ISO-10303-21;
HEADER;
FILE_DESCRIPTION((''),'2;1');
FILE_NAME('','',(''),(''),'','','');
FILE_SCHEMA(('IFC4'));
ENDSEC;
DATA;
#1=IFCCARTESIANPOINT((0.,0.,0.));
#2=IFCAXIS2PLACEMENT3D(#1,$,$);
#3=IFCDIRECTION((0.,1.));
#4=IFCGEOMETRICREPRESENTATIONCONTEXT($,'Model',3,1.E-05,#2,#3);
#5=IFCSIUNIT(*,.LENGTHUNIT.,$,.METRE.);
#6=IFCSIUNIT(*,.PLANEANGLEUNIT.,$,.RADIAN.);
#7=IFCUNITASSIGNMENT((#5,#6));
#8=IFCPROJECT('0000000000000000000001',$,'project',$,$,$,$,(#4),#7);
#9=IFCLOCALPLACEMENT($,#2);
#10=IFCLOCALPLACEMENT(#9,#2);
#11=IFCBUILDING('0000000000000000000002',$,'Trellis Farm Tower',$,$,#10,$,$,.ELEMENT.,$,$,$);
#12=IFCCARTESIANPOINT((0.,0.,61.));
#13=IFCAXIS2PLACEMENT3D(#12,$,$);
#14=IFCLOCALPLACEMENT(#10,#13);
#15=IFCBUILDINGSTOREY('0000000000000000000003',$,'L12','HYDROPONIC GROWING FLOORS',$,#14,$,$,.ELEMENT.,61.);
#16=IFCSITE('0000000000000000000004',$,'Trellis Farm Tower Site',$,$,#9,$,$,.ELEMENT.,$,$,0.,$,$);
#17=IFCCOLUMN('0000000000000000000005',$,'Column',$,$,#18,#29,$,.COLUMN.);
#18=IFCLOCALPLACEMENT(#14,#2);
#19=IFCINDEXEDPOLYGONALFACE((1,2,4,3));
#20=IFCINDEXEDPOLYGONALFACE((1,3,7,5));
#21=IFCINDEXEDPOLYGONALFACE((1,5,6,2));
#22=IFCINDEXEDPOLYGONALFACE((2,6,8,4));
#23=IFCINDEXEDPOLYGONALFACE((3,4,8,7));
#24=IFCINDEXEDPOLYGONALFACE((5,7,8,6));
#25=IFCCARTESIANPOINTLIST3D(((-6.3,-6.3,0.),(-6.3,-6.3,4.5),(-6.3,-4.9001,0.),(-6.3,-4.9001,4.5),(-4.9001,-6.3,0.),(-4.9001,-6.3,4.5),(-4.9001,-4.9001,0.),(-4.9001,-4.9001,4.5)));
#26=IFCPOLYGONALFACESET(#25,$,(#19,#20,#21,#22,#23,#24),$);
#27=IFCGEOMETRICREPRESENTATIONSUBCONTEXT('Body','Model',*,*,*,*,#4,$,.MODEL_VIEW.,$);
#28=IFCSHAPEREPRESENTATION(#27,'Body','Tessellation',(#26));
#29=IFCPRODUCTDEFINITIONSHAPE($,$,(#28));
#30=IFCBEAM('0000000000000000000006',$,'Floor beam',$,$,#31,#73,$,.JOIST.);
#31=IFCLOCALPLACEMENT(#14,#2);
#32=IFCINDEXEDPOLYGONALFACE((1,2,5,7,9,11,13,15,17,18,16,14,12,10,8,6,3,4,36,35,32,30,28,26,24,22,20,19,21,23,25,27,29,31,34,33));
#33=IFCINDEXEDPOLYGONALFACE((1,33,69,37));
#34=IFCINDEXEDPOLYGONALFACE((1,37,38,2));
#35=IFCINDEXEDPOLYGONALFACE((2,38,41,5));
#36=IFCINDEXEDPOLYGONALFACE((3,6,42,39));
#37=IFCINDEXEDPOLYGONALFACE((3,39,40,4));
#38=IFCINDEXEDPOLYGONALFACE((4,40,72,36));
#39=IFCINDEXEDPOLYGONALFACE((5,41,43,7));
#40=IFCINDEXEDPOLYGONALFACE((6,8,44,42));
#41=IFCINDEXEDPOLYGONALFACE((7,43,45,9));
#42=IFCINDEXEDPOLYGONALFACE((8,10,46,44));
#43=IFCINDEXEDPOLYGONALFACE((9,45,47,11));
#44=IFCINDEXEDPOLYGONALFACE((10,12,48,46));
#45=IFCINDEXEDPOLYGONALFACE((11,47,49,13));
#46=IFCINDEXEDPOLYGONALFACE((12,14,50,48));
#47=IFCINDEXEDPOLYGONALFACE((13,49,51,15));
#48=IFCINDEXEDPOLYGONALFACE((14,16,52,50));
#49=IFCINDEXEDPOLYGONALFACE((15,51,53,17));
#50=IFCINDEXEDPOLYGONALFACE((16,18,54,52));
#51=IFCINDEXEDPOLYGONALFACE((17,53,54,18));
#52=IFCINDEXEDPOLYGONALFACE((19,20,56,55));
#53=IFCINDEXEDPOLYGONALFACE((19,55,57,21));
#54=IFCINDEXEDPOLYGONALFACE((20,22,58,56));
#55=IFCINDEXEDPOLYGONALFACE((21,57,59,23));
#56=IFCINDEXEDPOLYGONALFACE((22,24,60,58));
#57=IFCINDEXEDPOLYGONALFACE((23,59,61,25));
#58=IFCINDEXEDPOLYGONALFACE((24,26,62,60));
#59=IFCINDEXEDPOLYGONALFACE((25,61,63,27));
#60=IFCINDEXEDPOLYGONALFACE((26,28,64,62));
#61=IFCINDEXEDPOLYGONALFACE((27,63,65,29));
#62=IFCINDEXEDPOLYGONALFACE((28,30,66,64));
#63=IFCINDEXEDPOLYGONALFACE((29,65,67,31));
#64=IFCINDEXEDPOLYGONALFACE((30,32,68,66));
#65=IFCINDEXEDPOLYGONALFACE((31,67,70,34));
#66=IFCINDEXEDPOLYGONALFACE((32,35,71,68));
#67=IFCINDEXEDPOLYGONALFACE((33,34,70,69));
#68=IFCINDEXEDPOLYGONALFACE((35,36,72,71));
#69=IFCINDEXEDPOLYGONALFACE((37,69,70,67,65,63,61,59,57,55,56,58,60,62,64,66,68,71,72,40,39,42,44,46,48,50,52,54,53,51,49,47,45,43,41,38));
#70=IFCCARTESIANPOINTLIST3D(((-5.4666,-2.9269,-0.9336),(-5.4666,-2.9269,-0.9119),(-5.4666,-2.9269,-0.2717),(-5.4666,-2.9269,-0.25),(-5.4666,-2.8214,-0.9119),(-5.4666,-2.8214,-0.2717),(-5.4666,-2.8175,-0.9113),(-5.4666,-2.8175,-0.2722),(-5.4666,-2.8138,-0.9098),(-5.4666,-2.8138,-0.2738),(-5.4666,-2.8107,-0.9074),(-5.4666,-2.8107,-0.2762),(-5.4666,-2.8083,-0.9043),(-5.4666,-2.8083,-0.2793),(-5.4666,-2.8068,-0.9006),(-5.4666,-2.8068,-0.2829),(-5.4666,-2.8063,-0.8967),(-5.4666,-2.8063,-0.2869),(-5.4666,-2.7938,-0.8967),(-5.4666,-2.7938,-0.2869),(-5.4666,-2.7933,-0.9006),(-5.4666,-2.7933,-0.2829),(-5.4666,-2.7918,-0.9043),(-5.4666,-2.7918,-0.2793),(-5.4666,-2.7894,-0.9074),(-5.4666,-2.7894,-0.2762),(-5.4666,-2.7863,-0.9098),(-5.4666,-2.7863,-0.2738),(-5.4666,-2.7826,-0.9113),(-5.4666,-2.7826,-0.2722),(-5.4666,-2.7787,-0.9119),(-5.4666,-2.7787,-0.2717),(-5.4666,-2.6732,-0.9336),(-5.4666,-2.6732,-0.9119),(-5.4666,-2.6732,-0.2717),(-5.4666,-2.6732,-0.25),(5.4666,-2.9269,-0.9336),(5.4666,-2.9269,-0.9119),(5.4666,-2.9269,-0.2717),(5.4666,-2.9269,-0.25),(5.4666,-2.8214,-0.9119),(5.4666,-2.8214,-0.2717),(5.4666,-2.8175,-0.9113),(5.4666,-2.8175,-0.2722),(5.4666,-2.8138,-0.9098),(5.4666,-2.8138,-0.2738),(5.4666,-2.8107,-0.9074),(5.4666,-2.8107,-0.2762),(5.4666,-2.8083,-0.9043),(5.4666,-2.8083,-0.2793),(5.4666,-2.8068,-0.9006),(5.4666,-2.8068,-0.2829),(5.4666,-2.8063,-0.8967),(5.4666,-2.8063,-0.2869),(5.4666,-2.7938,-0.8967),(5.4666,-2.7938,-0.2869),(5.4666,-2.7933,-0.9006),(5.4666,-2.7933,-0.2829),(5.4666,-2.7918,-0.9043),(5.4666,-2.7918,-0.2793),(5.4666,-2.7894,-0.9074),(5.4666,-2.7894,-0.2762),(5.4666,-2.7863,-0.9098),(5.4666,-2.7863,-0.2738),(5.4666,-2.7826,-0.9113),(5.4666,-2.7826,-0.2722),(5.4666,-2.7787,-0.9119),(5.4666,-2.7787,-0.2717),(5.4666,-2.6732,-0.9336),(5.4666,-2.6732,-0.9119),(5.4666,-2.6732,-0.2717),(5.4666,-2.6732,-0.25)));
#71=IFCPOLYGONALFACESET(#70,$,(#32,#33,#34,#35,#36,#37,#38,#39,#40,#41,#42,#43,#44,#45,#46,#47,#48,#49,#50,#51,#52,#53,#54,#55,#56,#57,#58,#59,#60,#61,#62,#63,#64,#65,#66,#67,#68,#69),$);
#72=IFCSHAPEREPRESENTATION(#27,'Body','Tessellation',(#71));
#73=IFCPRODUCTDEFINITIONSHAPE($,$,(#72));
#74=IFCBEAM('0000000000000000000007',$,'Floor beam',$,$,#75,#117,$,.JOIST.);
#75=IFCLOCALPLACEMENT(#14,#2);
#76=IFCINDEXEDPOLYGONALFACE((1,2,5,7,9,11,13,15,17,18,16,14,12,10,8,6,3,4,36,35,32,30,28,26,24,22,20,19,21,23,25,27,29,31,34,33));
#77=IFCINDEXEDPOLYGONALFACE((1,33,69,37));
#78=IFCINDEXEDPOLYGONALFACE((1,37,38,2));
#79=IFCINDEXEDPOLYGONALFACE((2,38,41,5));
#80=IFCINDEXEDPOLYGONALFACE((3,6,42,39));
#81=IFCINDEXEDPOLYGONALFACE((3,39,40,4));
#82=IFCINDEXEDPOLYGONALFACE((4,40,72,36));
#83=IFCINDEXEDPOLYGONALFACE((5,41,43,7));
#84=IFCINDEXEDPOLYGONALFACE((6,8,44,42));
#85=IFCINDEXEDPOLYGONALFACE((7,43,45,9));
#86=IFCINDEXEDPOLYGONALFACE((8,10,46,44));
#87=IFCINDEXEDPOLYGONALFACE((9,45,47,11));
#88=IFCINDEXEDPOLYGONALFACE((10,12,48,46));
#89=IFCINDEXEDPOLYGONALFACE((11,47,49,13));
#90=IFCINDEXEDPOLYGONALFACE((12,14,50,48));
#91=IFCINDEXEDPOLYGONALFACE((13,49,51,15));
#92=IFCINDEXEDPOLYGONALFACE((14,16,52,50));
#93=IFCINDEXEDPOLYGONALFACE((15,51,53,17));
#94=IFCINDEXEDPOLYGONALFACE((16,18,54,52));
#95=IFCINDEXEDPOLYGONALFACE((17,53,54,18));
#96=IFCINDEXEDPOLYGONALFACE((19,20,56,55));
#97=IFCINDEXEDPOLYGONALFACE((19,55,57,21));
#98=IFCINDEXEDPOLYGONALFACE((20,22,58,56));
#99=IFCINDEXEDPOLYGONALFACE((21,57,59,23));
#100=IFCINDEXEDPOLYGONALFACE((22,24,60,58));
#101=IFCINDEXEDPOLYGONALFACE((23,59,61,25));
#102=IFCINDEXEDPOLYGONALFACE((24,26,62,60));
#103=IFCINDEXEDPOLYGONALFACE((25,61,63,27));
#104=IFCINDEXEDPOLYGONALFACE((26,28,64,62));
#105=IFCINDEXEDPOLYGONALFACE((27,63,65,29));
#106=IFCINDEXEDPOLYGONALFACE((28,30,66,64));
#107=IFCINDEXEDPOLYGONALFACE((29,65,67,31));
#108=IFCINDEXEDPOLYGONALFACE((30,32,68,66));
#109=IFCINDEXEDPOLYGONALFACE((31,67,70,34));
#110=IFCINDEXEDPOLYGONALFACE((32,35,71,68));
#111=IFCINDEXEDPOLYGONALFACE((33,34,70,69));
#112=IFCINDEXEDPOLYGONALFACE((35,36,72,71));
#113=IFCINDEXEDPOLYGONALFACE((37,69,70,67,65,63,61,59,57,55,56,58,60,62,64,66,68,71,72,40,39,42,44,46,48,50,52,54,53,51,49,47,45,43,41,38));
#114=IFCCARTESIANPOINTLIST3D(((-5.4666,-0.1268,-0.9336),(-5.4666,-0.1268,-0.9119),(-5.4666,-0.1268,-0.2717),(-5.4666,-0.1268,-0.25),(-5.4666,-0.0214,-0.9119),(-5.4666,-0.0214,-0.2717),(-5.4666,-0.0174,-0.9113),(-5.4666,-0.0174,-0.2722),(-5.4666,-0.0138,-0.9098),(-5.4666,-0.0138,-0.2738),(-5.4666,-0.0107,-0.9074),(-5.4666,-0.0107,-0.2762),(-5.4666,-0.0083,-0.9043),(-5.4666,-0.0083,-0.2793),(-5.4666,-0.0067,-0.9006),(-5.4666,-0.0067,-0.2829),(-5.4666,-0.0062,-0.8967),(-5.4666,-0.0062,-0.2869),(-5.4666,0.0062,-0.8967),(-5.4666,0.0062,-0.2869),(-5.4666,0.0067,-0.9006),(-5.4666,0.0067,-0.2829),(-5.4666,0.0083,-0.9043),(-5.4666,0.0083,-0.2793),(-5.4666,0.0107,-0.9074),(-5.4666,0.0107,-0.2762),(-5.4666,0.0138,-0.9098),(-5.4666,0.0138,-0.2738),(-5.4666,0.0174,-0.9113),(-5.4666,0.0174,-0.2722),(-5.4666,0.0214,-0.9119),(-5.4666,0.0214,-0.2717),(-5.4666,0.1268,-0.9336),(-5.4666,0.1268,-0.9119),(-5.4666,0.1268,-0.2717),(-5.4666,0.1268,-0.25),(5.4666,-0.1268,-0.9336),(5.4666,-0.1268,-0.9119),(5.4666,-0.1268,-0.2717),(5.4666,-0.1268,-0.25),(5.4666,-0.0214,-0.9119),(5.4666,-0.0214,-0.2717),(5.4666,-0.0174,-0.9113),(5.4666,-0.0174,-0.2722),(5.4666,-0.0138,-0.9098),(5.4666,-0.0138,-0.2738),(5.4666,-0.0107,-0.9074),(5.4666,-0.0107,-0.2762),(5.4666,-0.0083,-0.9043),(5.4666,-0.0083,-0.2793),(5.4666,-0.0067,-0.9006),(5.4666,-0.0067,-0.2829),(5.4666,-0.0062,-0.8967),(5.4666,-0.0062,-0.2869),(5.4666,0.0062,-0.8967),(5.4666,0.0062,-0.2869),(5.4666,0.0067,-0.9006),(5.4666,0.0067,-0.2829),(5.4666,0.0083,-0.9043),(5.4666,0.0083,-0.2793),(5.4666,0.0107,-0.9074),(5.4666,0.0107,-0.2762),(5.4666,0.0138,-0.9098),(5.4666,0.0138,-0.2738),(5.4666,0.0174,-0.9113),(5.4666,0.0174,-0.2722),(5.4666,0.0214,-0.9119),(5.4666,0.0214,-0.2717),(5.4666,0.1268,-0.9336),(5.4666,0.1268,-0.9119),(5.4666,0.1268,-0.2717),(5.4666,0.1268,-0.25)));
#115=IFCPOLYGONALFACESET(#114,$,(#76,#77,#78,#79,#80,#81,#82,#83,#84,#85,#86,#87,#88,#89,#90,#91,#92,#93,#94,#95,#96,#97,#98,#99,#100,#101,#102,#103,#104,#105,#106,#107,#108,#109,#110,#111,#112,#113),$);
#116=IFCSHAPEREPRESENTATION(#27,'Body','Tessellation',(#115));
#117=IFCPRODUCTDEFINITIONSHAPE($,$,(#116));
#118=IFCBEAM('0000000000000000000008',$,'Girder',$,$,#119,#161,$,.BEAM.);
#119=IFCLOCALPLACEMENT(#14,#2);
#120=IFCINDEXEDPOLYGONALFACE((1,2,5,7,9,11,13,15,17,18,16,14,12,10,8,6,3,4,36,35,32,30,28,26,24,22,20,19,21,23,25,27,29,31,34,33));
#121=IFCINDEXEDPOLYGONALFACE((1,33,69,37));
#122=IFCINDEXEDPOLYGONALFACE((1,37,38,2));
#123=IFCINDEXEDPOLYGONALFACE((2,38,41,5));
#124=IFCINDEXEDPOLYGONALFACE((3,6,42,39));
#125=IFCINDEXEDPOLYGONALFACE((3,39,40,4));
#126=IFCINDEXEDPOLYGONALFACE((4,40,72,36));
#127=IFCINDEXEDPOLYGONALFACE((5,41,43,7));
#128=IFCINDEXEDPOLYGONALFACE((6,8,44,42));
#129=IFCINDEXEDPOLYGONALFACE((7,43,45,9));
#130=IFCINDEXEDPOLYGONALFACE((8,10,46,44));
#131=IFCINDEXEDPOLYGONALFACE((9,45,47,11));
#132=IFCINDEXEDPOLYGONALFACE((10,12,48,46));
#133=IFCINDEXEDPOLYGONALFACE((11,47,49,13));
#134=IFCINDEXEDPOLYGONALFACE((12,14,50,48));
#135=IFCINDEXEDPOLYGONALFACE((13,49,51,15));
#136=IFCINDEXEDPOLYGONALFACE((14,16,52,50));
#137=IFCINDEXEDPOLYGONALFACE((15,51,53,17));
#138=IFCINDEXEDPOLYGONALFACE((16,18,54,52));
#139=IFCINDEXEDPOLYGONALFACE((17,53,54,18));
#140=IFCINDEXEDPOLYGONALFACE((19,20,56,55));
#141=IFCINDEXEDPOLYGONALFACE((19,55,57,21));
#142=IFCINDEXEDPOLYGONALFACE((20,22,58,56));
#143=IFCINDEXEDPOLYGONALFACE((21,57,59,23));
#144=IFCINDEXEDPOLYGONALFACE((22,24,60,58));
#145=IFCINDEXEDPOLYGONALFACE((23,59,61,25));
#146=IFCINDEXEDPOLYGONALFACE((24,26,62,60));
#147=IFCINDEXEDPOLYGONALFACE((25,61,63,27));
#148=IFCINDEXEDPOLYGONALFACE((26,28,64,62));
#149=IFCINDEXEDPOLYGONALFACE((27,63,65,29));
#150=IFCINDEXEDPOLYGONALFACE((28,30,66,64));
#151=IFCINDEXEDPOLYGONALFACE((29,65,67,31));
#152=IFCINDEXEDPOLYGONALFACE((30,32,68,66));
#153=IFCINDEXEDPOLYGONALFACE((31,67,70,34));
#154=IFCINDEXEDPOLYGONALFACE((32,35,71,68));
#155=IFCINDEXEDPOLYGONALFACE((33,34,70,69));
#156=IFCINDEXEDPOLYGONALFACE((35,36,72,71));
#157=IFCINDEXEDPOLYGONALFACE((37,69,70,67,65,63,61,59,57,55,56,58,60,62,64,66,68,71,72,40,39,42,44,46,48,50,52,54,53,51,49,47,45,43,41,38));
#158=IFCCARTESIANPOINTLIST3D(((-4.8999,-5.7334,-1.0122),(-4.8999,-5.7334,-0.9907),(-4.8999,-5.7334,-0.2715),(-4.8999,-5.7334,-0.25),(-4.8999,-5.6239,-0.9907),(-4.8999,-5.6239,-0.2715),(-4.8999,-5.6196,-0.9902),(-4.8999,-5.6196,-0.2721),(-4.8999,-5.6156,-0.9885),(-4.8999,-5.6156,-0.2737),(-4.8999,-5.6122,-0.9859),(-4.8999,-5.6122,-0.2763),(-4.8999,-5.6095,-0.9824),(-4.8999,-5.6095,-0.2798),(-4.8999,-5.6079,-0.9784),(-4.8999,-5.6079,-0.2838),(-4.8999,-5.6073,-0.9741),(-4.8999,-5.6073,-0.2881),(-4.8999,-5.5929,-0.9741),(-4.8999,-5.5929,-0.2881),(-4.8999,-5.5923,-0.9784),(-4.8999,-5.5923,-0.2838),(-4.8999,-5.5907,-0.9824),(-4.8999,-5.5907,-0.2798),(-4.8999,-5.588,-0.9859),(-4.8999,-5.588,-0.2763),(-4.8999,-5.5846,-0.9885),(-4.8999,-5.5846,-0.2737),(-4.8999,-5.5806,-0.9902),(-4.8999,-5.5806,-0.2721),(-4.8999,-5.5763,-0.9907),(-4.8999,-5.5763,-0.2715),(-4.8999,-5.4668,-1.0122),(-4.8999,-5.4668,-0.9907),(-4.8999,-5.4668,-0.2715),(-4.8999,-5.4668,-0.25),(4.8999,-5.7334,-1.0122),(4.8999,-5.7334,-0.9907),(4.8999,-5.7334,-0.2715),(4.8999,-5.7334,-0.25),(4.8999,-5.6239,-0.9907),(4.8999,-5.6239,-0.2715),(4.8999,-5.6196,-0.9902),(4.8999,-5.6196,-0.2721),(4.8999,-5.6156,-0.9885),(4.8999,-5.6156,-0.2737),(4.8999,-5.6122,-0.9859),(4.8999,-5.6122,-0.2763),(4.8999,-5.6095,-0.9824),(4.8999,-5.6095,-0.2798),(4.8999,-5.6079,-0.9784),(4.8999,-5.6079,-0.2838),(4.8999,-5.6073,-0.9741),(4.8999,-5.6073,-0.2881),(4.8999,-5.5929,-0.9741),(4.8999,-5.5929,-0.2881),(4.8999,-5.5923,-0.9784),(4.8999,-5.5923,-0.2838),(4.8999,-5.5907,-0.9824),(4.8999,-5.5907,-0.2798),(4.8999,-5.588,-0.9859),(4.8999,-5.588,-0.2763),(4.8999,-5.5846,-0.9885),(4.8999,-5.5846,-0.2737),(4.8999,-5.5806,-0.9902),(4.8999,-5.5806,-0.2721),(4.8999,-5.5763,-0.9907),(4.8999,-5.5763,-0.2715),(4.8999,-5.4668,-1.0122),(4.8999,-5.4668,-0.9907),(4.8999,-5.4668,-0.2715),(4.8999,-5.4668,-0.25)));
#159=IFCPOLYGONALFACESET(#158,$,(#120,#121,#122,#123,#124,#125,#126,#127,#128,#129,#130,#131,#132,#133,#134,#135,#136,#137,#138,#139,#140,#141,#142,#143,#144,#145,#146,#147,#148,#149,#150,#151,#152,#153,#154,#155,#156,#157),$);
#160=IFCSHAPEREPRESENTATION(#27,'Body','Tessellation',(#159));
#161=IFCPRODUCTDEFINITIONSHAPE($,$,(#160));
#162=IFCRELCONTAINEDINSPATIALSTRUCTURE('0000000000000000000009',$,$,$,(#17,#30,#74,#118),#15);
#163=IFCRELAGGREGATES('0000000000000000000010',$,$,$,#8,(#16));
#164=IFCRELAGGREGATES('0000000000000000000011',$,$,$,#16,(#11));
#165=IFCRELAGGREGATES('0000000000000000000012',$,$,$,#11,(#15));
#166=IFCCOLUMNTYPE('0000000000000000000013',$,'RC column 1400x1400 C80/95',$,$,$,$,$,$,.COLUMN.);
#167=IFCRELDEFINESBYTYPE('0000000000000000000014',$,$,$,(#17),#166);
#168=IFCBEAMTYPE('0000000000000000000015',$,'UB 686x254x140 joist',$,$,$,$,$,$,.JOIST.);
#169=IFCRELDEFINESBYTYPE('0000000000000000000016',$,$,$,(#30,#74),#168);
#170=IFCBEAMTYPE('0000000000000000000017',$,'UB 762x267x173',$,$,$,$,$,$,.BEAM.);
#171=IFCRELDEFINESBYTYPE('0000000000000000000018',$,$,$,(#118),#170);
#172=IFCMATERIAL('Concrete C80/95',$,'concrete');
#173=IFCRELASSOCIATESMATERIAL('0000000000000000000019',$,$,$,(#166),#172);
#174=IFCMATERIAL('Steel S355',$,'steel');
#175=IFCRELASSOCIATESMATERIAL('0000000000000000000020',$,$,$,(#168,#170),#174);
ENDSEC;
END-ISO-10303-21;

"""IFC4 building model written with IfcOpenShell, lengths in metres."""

from ifc_helpers import new_model, si_unit, direction, frame, origin, origin_2d, place, context, subcontext, project, spatial, rectangle, i_section, extrude, source, transform, mapped, material, material_profile, profile_set, type_object, element, save


model = new_model("IFC4")

# Units and contexts
model_context = context("Model", 3, precision=1e-05, world=origin(), true_north=direction((0.0, 1.0)))
body_context = subcontext(model_context, "Body", "Model", "MODEL_VIEW")
ifc_project = project(units=[si_unit("LENGTHUNIT", "METRE"), si_unit("PLANEANGLEUNIT", "RADIAN")], contexts=[model_context])

# Site, building, storey
site_placement = place(None, origin())
site = spatial("IfcSite", under=ifc_project, at=site_placement, Name="Trellis Farm Tower Site", CompositionType="ELEMENT", RefElevation=0.0)
building_placement = place(site_placement, origin())
building = spatial("IfcBuilding", under=site, at=building_placement, Name="Trellis Farm Tower", CompositionType="ELEMENT")
storey_placement = place(building_placement, frame((0.0, 0.0, 61.0)))
storey = spatial("IfcBuildingStorey", under=building, at=storey_placement, Name="L12", Description="HYDROPONIC GROWING FLOORS", CompositionType="ELEMENT", Elevation=61.0)

# Column
ifc_material_1 = material(Name="Concrete C80/95", Category="concrete")
ifc_material_profile_1 = material_profile(ifc_material_1, rectangle(XDim=1.3999, YDim=1.3999, at=origin_2d()), Name="RC column 1400x1400 C80/95")
ifc_profile_set_1 = profile_set([ifc_material_profile_1], Name="Concrete C80/95")
column_type = type_object("IfcColumnType", Name="RC column 1400x1400 C80/95", PredefinedType="COLUMN", material=ifc_profile_set_1)
shared_shape_1 = source(origin(), body_context, "Body", "SweptSolid", [
    extrude(rectangle(XDim=1.3999, YDim=1.3999, at=origin_2d()), origin(), (0.0, 0.0, 1.0), 4.5),
])
column_placement = place(storey_placement, frame((-5.6001, -5.6001, 0.0), z_axis=(0.0, 0.0, 1.0), x_axis=(1.0, 0.0, 0.0)))
element("IfcColumn", 1, at=column_placement, inside=storey, type_object=column_type, Name="Column", PredefinedType="COLUMN", context=body_context, shape_type="MappedRepresentation", body=[
    mapped(shared_shape_1, transform((0.0, 0.0, 0.0))),
])

# Beams
ifc_material_2 = material(Name="Steel S355", Category="steel")
ifc_material_profile_2 = material_profile(ifc_material_2, i_section(OverallWidth=0.2537, OverallDepth=0.6836, WebThickness=0.0125, FlangeThickness=0.0217, FilletRadius=0.0151, at=origin_2d()), Name="UB 686x254x140")
ifc_profile_set_2 = profile_set([ifc_material_profile_2], Name="Steel S355")
beam_type_1 = type_object("IfcBeamType", Name="UB 686x254x140 joist", PredefinedType="JOIST", material=ifc_profile_set_2)
shared_shape_2 = source(origin(), body_context, "Body", "SweptSolid", [
    extrude(i_section(OverallWidth=0.2537, OverallDepth=0.6836, WebThickness=0.0125, FlangeThickness=0.0217, FilletRadius=0.0151, at=origin_2d()), origin(), (0.0, 0.0, 1.0), 10.9331),
])
for number, where, z_axis, x_axis, name in (
    (2, (-5.4666, -2.8, -0.5918), (1.0, 0.0, 0.0), (0.0, 1.0, 0.0), "Floor beam"),
    (3, (-5.4666, 0.0, -0.5918), (1.0, 0.0, 0.0), (0.0, 1.0, 0.0), "Floor beam"),
):
    element("IfcBeam", number, at=place(storey_placement, frame(where, z_axis=z_axis, x_axis=x_axis)), inside=storey, type_object=beam_type_1, Name=name, PredefinedType="JOIST", context=body_context, shape_type="MappedRepresentation", body=[
        mapped(shared_shape_2, transform((0.0, 0.0, 0.0))),
    ])
ifc_material_profile_3 = material_profile(ifc_material_2, i_section(OverallWidth=0.2666, OverallDepth=0.7622, WebThickness=0.0144, FlangeThickness=0.0215, FilletRadius=0.0166, at=origin_2d()), Name="UB 762x267x173")
ifc_profile_set_3 = profile_set([ifc_material_profile_3], Name="Steel S355")
beam_type_2 = type_object("IfcBeamType", Name="UB 762x267x173", PredefinedType="BEAM", material=ifc_profile_set_3)
shared_shape_3 = source(origin(), body_context, "Body", "SweptSolid", [
    extrude(i_section(OverallWidth=0.2666, OverallDepth=0.7622, WebThickness=0.0144, FlangeThickness=0.0215, FilletRadius=0.0166, at=origin_2d()), origin(), (0.0, 0.0, 1.0), 9.7998),
])
for number, where, z_axis, x_axis, name in (
    (4, (-4.8999, -5.6001, -0.6311), (1.0, 0.0, 0.0), (0.0, 1.0, 0.0), "Girder"),
):
    element("IfcBeam", number, at=place(storey_placement, frame(where, z_axis=z_axis, x_axis=x_axis)), inside=storey, type_object=beam_type_2, Name=name, PredefinedType="BEAM", context=body_context, shape_type="MappedRepresentation", body=[
        mapped(shared_shape_3, transform((0.0, 0.0, 0.0))),
    ])

save(model, "model.ifc")
